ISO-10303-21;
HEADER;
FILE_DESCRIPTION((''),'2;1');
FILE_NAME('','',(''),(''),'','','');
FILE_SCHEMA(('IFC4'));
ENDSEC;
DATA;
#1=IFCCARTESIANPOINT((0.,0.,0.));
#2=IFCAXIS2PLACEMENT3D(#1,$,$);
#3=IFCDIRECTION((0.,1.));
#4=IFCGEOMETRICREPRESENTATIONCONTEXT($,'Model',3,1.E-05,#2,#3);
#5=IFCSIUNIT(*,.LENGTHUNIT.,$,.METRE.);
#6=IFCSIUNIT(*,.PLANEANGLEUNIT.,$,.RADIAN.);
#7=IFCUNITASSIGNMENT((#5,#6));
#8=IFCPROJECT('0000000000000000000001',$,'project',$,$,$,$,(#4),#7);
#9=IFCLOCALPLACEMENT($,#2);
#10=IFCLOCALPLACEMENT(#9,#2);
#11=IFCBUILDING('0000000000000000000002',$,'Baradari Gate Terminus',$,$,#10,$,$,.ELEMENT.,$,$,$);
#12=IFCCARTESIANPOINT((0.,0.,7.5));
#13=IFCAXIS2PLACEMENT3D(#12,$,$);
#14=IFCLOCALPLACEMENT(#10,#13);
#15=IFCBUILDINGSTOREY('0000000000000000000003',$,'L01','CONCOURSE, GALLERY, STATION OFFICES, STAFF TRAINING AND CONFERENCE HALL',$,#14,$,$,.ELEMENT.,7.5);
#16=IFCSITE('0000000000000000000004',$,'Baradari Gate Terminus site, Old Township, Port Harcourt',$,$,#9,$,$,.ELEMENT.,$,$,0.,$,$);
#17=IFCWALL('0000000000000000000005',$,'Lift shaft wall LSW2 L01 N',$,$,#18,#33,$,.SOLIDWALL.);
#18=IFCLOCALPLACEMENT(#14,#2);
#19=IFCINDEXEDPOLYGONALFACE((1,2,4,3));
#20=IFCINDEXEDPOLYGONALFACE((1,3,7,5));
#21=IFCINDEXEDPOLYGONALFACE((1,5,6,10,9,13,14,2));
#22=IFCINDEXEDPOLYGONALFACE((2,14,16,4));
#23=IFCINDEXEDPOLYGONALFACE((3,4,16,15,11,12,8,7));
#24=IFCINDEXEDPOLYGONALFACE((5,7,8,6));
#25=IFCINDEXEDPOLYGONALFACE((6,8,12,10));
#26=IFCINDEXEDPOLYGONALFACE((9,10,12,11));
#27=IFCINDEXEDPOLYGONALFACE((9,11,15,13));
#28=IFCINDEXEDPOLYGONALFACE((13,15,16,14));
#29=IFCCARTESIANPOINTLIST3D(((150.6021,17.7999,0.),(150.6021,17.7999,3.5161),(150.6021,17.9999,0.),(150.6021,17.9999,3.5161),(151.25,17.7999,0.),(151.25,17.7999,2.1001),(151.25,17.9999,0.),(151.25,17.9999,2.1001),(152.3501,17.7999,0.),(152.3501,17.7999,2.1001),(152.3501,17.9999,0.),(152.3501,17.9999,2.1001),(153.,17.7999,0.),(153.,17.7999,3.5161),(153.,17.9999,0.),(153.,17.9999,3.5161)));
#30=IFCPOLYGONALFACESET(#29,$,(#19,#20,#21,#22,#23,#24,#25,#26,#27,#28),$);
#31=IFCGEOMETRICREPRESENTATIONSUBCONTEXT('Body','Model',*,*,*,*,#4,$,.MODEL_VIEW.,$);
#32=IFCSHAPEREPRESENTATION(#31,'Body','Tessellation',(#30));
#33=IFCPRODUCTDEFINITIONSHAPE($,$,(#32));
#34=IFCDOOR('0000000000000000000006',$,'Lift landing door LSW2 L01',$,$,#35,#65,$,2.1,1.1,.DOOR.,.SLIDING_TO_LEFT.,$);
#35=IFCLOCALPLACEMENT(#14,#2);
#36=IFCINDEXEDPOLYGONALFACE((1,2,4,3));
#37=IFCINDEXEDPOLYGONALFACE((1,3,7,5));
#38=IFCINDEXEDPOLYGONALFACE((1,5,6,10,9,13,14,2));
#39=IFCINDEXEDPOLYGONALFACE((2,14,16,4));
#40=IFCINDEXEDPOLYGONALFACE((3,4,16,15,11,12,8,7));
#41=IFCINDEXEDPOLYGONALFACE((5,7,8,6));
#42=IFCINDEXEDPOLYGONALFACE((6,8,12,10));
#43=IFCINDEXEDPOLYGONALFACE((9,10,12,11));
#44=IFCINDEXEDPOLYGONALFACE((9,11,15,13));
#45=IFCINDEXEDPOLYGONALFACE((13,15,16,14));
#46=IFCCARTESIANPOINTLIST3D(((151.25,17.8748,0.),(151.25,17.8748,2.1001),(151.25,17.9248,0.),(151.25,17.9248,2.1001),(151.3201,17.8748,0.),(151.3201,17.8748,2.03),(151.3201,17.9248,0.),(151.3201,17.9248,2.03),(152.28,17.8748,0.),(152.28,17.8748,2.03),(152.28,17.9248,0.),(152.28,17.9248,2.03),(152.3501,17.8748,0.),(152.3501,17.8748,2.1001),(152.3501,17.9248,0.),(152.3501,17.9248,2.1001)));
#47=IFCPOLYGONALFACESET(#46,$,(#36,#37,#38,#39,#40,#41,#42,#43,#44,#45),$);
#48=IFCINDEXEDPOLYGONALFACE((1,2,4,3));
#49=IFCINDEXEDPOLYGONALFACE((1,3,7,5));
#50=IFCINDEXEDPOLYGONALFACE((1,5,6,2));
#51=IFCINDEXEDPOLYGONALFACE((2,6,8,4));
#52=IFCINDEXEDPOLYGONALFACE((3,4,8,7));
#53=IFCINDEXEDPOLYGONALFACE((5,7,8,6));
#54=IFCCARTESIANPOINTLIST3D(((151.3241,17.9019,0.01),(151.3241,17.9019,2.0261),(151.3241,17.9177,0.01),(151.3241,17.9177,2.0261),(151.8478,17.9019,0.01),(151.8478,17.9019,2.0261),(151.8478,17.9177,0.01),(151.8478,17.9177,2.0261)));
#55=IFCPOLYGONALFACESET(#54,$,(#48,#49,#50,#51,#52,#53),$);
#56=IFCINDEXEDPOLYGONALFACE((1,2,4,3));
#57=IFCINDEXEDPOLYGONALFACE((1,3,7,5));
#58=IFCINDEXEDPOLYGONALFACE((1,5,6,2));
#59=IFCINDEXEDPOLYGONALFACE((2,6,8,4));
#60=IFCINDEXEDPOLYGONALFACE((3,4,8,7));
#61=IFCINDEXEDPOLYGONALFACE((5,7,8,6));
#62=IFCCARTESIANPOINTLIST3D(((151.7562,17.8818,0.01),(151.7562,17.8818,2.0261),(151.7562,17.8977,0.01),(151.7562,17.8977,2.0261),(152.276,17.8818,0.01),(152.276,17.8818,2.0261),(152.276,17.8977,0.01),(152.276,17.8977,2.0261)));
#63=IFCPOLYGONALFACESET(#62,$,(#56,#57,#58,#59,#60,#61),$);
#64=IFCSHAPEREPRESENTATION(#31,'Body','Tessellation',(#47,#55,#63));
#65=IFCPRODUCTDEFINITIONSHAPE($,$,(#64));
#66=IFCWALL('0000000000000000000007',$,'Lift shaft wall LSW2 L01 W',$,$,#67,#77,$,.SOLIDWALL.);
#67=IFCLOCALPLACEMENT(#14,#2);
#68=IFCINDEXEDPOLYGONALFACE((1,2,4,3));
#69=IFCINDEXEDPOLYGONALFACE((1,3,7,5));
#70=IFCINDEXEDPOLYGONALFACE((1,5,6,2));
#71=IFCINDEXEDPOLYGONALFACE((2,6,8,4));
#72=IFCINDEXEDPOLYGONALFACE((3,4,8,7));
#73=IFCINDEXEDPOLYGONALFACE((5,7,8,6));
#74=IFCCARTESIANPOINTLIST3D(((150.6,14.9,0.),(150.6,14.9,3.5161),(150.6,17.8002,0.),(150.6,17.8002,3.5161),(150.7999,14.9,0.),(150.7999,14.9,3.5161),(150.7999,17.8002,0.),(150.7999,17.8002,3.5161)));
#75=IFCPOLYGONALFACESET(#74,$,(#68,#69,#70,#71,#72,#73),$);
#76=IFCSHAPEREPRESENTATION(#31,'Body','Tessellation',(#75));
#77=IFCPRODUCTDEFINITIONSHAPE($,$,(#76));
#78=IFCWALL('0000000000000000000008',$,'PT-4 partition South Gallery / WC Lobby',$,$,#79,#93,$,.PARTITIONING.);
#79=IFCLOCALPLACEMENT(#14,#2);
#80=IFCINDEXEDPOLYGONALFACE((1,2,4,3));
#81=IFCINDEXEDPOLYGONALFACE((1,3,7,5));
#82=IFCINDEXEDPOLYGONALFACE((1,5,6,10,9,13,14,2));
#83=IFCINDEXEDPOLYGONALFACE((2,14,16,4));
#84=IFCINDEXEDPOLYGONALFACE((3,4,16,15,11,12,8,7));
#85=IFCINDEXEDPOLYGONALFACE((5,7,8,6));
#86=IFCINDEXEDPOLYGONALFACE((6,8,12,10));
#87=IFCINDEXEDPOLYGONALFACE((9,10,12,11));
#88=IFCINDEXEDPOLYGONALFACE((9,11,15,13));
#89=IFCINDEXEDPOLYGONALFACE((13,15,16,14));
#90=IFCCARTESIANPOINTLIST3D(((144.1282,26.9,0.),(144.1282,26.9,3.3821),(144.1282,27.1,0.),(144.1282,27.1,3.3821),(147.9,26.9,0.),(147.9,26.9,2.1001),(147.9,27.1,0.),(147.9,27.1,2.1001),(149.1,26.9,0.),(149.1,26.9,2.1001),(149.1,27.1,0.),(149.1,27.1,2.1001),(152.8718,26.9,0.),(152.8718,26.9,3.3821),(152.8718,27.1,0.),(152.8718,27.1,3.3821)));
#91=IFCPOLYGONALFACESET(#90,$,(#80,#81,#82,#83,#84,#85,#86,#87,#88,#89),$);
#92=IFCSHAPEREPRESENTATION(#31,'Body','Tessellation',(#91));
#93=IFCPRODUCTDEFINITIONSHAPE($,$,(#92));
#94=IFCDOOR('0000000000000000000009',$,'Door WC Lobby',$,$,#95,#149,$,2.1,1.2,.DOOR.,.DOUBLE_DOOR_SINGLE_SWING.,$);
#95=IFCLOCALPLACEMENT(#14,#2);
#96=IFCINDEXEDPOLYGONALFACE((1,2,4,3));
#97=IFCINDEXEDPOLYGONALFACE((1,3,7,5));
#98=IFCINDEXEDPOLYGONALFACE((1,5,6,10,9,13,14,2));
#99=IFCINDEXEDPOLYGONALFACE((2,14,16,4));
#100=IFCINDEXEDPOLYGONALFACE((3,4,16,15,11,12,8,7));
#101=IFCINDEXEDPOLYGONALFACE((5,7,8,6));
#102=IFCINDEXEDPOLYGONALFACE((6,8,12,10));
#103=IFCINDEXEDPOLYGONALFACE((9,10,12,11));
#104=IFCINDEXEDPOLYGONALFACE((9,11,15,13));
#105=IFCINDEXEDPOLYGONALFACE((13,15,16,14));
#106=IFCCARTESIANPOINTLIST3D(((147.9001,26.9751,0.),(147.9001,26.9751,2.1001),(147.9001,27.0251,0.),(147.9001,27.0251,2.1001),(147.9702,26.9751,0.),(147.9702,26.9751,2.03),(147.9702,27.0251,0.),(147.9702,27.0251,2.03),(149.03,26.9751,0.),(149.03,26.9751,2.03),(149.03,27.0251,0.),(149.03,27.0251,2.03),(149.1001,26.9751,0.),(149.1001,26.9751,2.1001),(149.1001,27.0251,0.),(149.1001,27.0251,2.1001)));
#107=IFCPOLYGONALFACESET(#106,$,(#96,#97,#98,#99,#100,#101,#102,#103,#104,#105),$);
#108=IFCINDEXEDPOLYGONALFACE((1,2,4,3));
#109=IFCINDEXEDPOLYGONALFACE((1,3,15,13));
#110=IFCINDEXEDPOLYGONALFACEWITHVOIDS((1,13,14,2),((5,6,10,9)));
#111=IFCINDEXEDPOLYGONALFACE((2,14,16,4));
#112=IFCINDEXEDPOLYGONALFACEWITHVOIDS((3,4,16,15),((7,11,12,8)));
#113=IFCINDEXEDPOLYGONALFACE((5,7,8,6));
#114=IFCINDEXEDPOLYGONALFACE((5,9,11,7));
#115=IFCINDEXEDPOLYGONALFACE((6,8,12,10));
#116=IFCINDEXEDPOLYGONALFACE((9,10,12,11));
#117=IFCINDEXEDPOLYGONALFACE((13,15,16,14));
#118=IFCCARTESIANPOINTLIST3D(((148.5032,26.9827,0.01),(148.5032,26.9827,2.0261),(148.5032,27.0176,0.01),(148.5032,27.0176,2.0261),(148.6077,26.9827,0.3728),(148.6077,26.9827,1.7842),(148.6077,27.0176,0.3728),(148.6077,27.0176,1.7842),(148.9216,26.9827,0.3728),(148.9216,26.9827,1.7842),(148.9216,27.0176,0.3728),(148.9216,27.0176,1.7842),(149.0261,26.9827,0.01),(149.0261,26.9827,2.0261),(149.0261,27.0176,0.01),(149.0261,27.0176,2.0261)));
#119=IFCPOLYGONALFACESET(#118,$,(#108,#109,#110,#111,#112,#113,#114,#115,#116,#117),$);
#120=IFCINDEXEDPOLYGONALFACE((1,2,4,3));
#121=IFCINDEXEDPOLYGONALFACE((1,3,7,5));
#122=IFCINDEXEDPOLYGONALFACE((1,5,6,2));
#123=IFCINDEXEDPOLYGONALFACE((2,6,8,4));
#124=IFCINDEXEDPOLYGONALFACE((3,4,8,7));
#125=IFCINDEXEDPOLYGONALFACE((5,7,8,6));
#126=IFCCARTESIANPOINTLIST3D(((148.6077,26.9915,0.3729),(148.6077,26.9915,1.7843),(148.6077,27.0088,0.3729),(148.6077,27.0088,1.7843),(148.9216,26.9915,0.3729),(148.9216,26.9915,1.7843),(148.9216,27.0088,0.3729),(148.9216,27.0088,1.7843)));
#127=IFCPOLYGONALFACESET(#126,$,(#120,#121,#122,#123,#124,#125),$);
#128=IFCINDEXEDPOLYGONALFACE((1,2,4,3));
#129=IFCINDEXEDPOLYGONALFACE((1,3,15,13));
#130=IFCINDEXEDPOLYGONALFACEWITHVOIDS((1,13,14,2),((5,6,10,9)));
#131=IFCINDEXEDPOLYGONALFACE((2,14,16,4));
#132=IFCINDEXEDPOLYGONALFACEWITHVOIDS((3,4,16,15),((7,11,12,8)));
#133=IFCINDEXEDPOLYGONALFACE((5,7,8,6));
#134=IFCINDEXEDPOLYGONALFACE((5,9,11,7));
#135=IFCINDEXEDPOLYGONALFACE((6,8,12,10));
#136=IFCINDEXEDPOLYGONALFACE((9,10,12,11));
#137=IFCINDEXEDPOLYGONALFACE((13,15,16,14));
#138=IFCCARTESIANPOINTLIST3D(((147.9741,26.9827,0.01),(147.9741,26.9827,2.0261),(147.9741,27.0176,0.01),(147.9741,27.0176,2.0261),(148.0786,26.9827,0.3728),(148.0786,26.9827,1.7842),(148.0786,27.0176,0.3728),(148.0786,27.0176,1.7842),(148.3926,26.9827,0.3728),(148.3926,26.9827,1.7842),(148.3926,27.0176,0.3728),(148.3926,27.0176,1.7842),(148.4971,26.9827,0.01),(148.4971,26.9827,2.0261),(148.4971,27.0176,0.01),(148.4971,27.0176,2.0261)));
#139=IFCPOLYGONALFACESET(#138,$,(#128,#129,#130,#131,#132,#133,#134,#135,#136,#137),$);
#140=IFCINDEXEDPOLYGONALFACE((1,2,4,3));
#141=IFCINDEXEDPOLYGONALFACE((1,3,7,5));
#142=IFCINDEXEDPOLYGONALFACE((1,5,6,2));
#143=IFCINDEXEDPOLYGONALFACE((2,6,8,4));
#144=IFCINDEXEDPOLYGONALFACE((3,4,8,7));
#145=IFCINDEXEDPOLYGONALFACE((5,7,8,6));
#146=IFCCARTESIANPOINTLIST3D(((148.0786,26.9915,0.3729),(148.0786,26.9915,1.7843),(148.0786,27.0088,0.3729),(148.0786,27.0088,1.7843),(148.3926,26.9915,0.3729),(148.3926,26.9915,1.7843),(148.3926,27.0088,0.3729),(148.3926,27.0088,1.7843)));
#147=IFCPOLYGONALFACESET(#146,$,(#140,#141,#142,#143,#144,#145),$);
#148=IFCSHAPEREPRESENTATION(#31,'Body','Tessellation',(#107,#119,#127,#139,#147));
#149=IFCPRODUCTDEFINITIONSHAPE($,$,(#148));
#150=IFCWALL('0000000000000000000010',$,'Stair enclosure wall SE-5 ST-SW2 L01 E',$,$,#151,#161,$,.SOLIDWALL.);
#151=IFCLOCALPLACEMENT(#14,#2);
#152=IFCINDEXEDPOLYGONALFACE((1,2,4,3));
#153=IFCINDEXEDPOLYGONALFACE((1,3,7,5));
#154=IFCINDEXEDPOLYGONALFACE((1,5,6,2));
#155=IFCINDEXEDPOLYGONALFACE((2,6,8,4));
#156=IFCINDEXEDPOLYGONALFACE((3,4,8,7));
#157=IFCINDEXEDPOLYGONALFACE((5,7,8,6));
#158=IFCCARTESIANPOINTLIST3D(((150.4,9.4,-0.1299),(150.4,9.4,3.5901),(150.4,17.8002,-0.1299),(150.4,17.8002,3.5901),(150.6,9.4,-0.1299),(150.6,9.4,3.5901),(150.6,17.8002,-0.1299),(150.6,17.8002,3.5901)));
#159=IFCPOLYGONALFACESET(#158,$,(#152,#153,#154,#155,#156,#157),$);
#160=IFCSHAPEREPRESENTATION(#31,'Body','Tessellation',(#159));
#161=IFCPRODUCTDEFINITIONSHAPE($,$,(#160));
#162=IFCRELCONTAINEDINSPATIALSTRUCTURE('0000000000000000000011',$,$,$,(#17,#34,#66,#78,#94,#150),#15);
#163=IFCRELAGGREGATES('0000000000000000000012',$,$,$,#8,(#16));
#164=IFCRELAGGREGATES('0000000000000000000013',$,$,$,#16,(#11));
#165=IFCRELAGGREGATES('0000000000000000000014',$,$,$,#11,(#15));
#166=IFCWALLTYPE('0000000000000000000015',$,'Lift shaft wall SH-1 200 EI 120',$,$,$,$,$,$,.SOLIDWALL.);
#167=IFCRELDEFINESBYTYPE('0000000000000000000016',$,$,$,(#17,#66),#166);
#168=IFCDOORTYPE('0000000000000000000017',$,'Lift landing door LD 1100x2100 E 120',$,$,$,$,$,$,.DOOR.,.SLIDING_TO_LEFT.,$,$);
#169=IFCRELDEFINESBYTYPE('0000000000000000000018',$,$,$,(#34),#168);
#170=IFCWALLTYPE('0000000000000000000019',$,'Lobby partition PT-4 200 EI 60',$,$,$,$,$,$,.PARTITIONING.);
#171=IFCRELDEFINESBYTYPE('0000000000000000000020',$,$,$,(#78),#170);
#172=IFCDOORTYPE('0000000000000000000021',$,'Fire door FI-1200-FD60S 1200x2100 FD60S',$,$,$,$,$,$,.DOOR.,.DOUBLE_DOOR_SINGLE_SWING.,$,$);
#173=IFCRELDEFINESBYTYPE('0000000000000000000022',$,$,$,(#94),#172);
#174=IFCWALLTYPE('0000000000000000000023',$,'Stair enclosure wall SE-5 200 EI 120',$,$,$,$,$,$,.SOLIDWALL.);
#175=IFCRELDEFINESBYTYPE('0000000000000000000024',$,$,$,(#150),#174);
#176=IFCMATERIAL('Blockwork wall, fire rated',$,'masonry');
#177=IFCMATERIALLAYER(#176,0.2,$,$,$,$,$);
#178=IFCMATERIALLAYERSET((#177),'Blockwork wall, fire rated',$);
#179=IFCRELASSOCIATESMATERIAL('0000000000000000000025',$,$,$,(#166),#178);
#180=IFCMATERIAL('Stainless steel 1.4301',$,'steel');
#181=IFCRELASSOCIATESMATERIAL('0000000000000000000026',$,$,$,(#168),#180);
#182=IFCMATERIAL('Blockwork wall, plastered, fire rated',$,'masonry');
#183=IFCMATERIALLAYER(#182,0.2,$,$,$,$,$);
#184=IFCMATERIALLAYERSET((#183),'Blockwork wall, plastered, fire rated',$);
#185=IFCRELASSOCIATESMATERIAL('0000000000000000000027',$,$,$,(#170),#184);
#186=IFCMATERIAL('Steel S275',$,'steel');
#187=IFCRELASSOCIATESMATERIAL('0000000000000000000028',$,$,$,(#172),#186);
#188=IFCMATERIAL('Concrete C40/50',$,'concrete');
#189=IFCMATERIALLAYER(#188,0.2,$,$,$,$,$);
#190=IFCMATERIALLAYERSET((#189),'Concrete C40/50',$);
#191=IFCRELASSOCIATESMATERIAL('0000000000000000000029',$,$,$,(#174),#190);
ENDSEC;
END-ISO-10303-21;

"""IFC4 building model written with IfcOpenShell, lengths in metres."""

from ifc_helpers import new_model, si_unit, direction, frame, frame_2d, origin, place, context, subcontext, project, spatial, polyline, rectangle, outline, extrude, material, layer, layer_set, type_object, element, fill, save


model = new_model("IFC4")

# Units and contexts
model_context = context("Model", 3, precision=1e-05, world=origin(), true_north=direction((0.0, 1.0)))
body_context = subcontext(model_context, "Body", "Model", "MODEL_VIEW")
ifc_project = project(units=[si_unit("LENGTHUNIT", "METRE"), si_unit("PLANEANGLEUNIT", "RADIAN")], contexts=[model_context])

# Site, building, storey
site_placement = place(None, origin())
site = spatial("IfcSite", under=ifc_project, at=site_placement, Name="Baradari Gate Terminus site, Old Township, Port Harcourt", CompositionType="ELEMENT", RefElevation=0.0)
building_placement = place(site_placement, origin())
building = spatial("IfcBuilding", under=site, at=building_placement, Name="Baradari Gate Terminus", CompositionType="ELEMENT")
storey_placement = place(building_placement, frame((0.0, 0.0, 7.5)))
storey = spatial("IfcBuildingStorey", under=building, at=storey_placement, Name="L01", Description="CONCOURSE, GALLERY, STATION OFFICES, STAFF TRAINING AND CONFERENCE HALL", CompositionType="ELEMENT", Elevation=7.5)

# Shared definitions
ifc_material_1 = material(Name="Blockwork wall, fire rated", Category="masonry")
ifc_layer_1 = layer(ifc_material_1, 0.2)
ifc_layer_set_1 = layer_set([ifc_layer_1], Name="Blockwork wall, fire rated")
wall_type_1 = type_object("IfcWallType", Name="Lift shaft wall SH-1 200 EI 120", PredefinedType="SOLIDWALL", material=ifc_layer_set_1)

# Wall, opening, door
wall_1_placement = place(storey_placement, frame((150.6021, 17.8999, 0.0), z_axis=(0.0, 0.0, 1.0), x_axis=(1.0, 0.0, 0.0)))
wall_1 = element("IfcWall", 1, at=wall_1_placement, inside=storey, type_object=wall_type_1, Name="Lift shaft wall LSW2 L01 N", PredefinedType="SOLIDWALL", context=body_context, shape_type="SweptSolid", body=[
    extrude(rectangle(XDim=2.3979, YDim=0.2, at=frame_2d((1.199, 0.0))), origin(), (0.0, 0.0, 1.0), 3.5161),
])
opening_1_placement = place(wall_1_placement, frame((0.6479, 0.0, 0.0)))
opening_1 = element("IfcOpeningElement", 2, at=opening_1_placement, cuts=wall_1, PredefinedType="OPENING", context=body_context, shape_type="SweptSolid", body=[
    extrude(rectangle(XDim=1.1001, YDim=2.1001, at=frame_2d((0.55, 1.05))), frame((0.0, 0.1099, 0.0), z_axis=(0.0, -1.0, 0.0), x_axis=(1.0, 0.0, 0.0)), (0.0, 0.0, 1.0), 0.22),
])
ifc_material_2 = material(Name="Stainless steel 1.4301", Category="steel")
door_type_1 = type_object("IfcDoorType", Name="Lift landing door LD 1100x2100 E 120", OperationType="SLIDING_TO_LEFT", PredefinedType="DOOR", material=ifc_material_2)
door_1_placement = place(opening_1_placement, origin())
door_1 = element("IfcDoor", 3, at=door_1_placement, inside=storey, type_object=door_type_1, Name="Lift landing door LSW2 L01", OperationType="SLIDING_TO_LEFT", OverallHeight=2.1, OverallWidth=1.1, PredefinedType="DOOR", context=body_context, shape_type="SweptSolid", body=[
    extrude(outline(polyline([(0.0, 0.0), (0.0701, 0.0), (0.0701, 2.03), (1.03, 2.03), (1.03, 0.0), (1.1001, 0.0), (1.1001, 2.1001), (0.0, 2.1001), (0.0, 0.0)])), frame((0.0, 0.0249, 0.0), z_axis=(0.0, -1.0, 0.0), x_axis=(1.0, 0.0, 0.0)), (0.0, 0.0, 1.0), 0.05),
    extrude(rectangle(XDim=0.5237, YDim=2.0161, at=frame_2d((0.3359, 1.0181))), frame((0.0, 0.0178, 0.0), z_axis=(0.0, -1.0, 0.0), x_axis=(1.0, 0.0, 0.0)), (0.0, 0.0, 1.0), 0.0159),
    extrude(rectangle(XDim=0.5198, YDim=2.0161, at=frame_2d((0.7661, 1.0181))), frame((0.0, -0.0022, 0.0), z_axis=(0.0, -1.0, 0.0), x_axis=(1.0, 0.0, 0.0)), (0.0, 0.0, 1.0), 0.0159),
])
fill(opening_1, door_1)

# Wall
wall_2_placement = place(storey_placement, frame((150.7, 14.8999, 0.0), z_axis=(0.0, 0.0, 1.0), x_axis=(0.0, 1.0, 0.0)))
element("IfcWall", 4, at=wall_2_placement, inside=storey, type_object=wall_type_1, Name="Lift shaft wall LSW2 L01 W", PredefinedType="SOLIDWALL", context=body_context, shape_type="SweptSolid", body=[
    extrude(rectangle(XDim=2.9001, YDim=0.2, at=frame_2d((1.4502, 0.0))), origin(), (0.0, 0.0, 1.0), 3.5161),
])

# Wall, opening, door
ifc_material_3 = material(Name="Blockwork wall, plastered, fire rated", Category="masonry")
ifc_layer_2 = layer(ifc_material_3, 0.2)
ifc_layer_set_2 = layer_set([ifc_layer_2], Name="Blockwork wall, plastered, fire rated")
wall_type_2 = type_object("IfcWallType", Name="Lobby partition PT-4 200 EI 60", PredefinedType="PARTITIONING", material=ifc_layer_set_2)
wall_3_placement = place(storey_placement, frame((152.8718, 27.0, 0.0), z_axis=(0.0, 0.0, 1.0), x_axis=(-1.0, 0.0, 0.0)))
wall_3 = element("IfcWall", 5, at=wall_3_placement, inside=storey, type_object=wall_type_2, Name="PT-4 partition South Gallery / WC Lobby", PredefinedType="PARTITIONING", context=body_context, shape_type="SweptSolid", body=[
    extrude(rectangle(XDim=8.7437, YDim=0.2, at=frame_2d((4.3718, 0.0))), origin(), (0.0, 0.0, 1.0), 3.3821),
])
opening_2_placement = place(wall_3_placement, frame((3.7717, 0.0, 0.0)))
opening_2 = element("IfcOpeningElement", 6, at=opening_2_placement, cuts=wall_3, PredefinedType="OPENING", context=body_context, shape_type="SweptSolid", body=[
    extrude(rectangle(XDim=1.2, YDim=2.1001, at=frame_2d((0.6001, 1.05))), frame((0.0, 0.1099, 0.0), z_axis=(0.0, -1.0, 0.0), x_axis=(1.0, 0.0, 0.0)), (0.0, 0.0, 1.0), 0.22),
])
ifc_material_4 = material(Name="Steel S275", Category="steel")
door_type_2 = type_object("IfcDoorType", Name="Fire door FI-1200-FD60S 1200x2100 FD60S", OperationType="DOUBLE_DOOR_SINGLE_SWING", PredefinedType="DOOR", material=ifc_material_4)
door_2_placement = place(opening_2_placement, origin())
door_2 = element("IfcDoor", 7, at=door_2_placement, inside=storey, type_object=door_type_2, Name="Door WC Lobby", OperationType="DOUBLE_DOOR_SINGLE_SWING", OverallHeight=2.1, OverallWidth=1.2, PredefinedType="DOOR", context=body_context, shape_type="SweptSolid", body=[
    extrude(outline(polyline([(0.0, 0.0), (0.0701, 0.0), (0.0701, 2.03), (1.1299, 2.03), (1.1299, 0.0), (1.2, 0.0), (1.2, 2.1001), (0.0, 2.1001), (0.0, 0.0)])), frame((0.0, 0.0249, 0.0), z_axis=(0.0, -1.0, 0.0), x_axis=(1.0, 0.0, 0.0)), (0.0, 0.0, 1.0), 0.05),
    extrude(outline(polyline([(0.074, 0.01), (0.5969, 0.01), (0.5969, 2.0261), (0.074, 2.0261), (0.074, 0.01)]), holes=[polyline([(0.1785, 0.3728), (0.4924, 0.3728), (0.4924, 1.7842), (0.1785, 1.7842), (0.1785, 0.3728)])]), frame((0.0, 0.0173, 0.0), z_axis=(0.0, -1.0, 0.0), x_axis=(1.0, 0.0, 0.0)), (0.0, 0.0, 1.0), 0.0349),
    extrude(rectangle(XDim=0.314, YDim=1.4114, at=frame_2d((0.3354, 1.0786))), frame((0.0, 0.0085, 0.0), z_axis=(0.0, -1.0, 0.0), x_axis=(1.0, 0.0, 0.0)), (0.0, 0.0, 1.0), 0.0173),
    extrude(outline(polyline([(0.603, 0.01), (1.126, 0.01), (1.126, 2.0261), (0.603, 2.0261), (0.603, 0.01)]), holes=[polyline([(0.7075, 0.3728), (1.0215, 0.3728), (1.0215, 1.7842), (0.7075, 1.7842), (0.7075, 0.3728)])]), frame((0.0, 0.0173, 0.0), z_axis=(0.0, -1.0, 0.0), x_axis=(1.0, 0.0, 0.0)), (0.0, 0.0, 1.0), 0.0349),
    extrude(rectangle(XDim=0.314, YDim=1.4114, at=frame_2d((0.8645, 1.0786))), frame((0.0, 0.0085, 0.0), z_axis=(0.0, -1.0, 0.0), x_axis=(1.0, 0.0, 0.0)), (0.0, 0.0, 1.0), 0.0173),
])
fill(opening_2, door_2)

# Wall
ifc_material_5 = material(Name="Concrete C40/50", Category="concrete")
ifc_layer_3 = layer(ifc_material_5, 0.2)
ifc_layer_set_3 = layer_set([ifc_layer_3], Name="Concrete C40/50")
wall_type_3 = type_object("IfcWallType", Name="Stair enclosure wall SE-5 200 EI 120", PredefinedType="SOLIDWALL", material=ifc_layer_set_3)
wall_4_placement = place(storey_placement, frame((150.5, 9.3999, -0.1299), z_axis=(0.0, 0.0, 1.0), x_axis=(0.0, 1.0, 0.0)))
element("IfcWall", 8, at=wall_4_placement, inside=storey, type_object=wall_type_3, Name="Stair enclosure wall SE-5 ST-SW2 L01 E", PredefinedType="SOLIDWALL", context=body_context, shape_type="SweptSolid", body=[
    extrude(rectangle(XDim=8.4001, YDim=0.2, at=frame_2d((4.2002, 0.0))), origin(), (0.0, 0.0, 1.0), 3.72),
])

save(model, "model.ifc")
